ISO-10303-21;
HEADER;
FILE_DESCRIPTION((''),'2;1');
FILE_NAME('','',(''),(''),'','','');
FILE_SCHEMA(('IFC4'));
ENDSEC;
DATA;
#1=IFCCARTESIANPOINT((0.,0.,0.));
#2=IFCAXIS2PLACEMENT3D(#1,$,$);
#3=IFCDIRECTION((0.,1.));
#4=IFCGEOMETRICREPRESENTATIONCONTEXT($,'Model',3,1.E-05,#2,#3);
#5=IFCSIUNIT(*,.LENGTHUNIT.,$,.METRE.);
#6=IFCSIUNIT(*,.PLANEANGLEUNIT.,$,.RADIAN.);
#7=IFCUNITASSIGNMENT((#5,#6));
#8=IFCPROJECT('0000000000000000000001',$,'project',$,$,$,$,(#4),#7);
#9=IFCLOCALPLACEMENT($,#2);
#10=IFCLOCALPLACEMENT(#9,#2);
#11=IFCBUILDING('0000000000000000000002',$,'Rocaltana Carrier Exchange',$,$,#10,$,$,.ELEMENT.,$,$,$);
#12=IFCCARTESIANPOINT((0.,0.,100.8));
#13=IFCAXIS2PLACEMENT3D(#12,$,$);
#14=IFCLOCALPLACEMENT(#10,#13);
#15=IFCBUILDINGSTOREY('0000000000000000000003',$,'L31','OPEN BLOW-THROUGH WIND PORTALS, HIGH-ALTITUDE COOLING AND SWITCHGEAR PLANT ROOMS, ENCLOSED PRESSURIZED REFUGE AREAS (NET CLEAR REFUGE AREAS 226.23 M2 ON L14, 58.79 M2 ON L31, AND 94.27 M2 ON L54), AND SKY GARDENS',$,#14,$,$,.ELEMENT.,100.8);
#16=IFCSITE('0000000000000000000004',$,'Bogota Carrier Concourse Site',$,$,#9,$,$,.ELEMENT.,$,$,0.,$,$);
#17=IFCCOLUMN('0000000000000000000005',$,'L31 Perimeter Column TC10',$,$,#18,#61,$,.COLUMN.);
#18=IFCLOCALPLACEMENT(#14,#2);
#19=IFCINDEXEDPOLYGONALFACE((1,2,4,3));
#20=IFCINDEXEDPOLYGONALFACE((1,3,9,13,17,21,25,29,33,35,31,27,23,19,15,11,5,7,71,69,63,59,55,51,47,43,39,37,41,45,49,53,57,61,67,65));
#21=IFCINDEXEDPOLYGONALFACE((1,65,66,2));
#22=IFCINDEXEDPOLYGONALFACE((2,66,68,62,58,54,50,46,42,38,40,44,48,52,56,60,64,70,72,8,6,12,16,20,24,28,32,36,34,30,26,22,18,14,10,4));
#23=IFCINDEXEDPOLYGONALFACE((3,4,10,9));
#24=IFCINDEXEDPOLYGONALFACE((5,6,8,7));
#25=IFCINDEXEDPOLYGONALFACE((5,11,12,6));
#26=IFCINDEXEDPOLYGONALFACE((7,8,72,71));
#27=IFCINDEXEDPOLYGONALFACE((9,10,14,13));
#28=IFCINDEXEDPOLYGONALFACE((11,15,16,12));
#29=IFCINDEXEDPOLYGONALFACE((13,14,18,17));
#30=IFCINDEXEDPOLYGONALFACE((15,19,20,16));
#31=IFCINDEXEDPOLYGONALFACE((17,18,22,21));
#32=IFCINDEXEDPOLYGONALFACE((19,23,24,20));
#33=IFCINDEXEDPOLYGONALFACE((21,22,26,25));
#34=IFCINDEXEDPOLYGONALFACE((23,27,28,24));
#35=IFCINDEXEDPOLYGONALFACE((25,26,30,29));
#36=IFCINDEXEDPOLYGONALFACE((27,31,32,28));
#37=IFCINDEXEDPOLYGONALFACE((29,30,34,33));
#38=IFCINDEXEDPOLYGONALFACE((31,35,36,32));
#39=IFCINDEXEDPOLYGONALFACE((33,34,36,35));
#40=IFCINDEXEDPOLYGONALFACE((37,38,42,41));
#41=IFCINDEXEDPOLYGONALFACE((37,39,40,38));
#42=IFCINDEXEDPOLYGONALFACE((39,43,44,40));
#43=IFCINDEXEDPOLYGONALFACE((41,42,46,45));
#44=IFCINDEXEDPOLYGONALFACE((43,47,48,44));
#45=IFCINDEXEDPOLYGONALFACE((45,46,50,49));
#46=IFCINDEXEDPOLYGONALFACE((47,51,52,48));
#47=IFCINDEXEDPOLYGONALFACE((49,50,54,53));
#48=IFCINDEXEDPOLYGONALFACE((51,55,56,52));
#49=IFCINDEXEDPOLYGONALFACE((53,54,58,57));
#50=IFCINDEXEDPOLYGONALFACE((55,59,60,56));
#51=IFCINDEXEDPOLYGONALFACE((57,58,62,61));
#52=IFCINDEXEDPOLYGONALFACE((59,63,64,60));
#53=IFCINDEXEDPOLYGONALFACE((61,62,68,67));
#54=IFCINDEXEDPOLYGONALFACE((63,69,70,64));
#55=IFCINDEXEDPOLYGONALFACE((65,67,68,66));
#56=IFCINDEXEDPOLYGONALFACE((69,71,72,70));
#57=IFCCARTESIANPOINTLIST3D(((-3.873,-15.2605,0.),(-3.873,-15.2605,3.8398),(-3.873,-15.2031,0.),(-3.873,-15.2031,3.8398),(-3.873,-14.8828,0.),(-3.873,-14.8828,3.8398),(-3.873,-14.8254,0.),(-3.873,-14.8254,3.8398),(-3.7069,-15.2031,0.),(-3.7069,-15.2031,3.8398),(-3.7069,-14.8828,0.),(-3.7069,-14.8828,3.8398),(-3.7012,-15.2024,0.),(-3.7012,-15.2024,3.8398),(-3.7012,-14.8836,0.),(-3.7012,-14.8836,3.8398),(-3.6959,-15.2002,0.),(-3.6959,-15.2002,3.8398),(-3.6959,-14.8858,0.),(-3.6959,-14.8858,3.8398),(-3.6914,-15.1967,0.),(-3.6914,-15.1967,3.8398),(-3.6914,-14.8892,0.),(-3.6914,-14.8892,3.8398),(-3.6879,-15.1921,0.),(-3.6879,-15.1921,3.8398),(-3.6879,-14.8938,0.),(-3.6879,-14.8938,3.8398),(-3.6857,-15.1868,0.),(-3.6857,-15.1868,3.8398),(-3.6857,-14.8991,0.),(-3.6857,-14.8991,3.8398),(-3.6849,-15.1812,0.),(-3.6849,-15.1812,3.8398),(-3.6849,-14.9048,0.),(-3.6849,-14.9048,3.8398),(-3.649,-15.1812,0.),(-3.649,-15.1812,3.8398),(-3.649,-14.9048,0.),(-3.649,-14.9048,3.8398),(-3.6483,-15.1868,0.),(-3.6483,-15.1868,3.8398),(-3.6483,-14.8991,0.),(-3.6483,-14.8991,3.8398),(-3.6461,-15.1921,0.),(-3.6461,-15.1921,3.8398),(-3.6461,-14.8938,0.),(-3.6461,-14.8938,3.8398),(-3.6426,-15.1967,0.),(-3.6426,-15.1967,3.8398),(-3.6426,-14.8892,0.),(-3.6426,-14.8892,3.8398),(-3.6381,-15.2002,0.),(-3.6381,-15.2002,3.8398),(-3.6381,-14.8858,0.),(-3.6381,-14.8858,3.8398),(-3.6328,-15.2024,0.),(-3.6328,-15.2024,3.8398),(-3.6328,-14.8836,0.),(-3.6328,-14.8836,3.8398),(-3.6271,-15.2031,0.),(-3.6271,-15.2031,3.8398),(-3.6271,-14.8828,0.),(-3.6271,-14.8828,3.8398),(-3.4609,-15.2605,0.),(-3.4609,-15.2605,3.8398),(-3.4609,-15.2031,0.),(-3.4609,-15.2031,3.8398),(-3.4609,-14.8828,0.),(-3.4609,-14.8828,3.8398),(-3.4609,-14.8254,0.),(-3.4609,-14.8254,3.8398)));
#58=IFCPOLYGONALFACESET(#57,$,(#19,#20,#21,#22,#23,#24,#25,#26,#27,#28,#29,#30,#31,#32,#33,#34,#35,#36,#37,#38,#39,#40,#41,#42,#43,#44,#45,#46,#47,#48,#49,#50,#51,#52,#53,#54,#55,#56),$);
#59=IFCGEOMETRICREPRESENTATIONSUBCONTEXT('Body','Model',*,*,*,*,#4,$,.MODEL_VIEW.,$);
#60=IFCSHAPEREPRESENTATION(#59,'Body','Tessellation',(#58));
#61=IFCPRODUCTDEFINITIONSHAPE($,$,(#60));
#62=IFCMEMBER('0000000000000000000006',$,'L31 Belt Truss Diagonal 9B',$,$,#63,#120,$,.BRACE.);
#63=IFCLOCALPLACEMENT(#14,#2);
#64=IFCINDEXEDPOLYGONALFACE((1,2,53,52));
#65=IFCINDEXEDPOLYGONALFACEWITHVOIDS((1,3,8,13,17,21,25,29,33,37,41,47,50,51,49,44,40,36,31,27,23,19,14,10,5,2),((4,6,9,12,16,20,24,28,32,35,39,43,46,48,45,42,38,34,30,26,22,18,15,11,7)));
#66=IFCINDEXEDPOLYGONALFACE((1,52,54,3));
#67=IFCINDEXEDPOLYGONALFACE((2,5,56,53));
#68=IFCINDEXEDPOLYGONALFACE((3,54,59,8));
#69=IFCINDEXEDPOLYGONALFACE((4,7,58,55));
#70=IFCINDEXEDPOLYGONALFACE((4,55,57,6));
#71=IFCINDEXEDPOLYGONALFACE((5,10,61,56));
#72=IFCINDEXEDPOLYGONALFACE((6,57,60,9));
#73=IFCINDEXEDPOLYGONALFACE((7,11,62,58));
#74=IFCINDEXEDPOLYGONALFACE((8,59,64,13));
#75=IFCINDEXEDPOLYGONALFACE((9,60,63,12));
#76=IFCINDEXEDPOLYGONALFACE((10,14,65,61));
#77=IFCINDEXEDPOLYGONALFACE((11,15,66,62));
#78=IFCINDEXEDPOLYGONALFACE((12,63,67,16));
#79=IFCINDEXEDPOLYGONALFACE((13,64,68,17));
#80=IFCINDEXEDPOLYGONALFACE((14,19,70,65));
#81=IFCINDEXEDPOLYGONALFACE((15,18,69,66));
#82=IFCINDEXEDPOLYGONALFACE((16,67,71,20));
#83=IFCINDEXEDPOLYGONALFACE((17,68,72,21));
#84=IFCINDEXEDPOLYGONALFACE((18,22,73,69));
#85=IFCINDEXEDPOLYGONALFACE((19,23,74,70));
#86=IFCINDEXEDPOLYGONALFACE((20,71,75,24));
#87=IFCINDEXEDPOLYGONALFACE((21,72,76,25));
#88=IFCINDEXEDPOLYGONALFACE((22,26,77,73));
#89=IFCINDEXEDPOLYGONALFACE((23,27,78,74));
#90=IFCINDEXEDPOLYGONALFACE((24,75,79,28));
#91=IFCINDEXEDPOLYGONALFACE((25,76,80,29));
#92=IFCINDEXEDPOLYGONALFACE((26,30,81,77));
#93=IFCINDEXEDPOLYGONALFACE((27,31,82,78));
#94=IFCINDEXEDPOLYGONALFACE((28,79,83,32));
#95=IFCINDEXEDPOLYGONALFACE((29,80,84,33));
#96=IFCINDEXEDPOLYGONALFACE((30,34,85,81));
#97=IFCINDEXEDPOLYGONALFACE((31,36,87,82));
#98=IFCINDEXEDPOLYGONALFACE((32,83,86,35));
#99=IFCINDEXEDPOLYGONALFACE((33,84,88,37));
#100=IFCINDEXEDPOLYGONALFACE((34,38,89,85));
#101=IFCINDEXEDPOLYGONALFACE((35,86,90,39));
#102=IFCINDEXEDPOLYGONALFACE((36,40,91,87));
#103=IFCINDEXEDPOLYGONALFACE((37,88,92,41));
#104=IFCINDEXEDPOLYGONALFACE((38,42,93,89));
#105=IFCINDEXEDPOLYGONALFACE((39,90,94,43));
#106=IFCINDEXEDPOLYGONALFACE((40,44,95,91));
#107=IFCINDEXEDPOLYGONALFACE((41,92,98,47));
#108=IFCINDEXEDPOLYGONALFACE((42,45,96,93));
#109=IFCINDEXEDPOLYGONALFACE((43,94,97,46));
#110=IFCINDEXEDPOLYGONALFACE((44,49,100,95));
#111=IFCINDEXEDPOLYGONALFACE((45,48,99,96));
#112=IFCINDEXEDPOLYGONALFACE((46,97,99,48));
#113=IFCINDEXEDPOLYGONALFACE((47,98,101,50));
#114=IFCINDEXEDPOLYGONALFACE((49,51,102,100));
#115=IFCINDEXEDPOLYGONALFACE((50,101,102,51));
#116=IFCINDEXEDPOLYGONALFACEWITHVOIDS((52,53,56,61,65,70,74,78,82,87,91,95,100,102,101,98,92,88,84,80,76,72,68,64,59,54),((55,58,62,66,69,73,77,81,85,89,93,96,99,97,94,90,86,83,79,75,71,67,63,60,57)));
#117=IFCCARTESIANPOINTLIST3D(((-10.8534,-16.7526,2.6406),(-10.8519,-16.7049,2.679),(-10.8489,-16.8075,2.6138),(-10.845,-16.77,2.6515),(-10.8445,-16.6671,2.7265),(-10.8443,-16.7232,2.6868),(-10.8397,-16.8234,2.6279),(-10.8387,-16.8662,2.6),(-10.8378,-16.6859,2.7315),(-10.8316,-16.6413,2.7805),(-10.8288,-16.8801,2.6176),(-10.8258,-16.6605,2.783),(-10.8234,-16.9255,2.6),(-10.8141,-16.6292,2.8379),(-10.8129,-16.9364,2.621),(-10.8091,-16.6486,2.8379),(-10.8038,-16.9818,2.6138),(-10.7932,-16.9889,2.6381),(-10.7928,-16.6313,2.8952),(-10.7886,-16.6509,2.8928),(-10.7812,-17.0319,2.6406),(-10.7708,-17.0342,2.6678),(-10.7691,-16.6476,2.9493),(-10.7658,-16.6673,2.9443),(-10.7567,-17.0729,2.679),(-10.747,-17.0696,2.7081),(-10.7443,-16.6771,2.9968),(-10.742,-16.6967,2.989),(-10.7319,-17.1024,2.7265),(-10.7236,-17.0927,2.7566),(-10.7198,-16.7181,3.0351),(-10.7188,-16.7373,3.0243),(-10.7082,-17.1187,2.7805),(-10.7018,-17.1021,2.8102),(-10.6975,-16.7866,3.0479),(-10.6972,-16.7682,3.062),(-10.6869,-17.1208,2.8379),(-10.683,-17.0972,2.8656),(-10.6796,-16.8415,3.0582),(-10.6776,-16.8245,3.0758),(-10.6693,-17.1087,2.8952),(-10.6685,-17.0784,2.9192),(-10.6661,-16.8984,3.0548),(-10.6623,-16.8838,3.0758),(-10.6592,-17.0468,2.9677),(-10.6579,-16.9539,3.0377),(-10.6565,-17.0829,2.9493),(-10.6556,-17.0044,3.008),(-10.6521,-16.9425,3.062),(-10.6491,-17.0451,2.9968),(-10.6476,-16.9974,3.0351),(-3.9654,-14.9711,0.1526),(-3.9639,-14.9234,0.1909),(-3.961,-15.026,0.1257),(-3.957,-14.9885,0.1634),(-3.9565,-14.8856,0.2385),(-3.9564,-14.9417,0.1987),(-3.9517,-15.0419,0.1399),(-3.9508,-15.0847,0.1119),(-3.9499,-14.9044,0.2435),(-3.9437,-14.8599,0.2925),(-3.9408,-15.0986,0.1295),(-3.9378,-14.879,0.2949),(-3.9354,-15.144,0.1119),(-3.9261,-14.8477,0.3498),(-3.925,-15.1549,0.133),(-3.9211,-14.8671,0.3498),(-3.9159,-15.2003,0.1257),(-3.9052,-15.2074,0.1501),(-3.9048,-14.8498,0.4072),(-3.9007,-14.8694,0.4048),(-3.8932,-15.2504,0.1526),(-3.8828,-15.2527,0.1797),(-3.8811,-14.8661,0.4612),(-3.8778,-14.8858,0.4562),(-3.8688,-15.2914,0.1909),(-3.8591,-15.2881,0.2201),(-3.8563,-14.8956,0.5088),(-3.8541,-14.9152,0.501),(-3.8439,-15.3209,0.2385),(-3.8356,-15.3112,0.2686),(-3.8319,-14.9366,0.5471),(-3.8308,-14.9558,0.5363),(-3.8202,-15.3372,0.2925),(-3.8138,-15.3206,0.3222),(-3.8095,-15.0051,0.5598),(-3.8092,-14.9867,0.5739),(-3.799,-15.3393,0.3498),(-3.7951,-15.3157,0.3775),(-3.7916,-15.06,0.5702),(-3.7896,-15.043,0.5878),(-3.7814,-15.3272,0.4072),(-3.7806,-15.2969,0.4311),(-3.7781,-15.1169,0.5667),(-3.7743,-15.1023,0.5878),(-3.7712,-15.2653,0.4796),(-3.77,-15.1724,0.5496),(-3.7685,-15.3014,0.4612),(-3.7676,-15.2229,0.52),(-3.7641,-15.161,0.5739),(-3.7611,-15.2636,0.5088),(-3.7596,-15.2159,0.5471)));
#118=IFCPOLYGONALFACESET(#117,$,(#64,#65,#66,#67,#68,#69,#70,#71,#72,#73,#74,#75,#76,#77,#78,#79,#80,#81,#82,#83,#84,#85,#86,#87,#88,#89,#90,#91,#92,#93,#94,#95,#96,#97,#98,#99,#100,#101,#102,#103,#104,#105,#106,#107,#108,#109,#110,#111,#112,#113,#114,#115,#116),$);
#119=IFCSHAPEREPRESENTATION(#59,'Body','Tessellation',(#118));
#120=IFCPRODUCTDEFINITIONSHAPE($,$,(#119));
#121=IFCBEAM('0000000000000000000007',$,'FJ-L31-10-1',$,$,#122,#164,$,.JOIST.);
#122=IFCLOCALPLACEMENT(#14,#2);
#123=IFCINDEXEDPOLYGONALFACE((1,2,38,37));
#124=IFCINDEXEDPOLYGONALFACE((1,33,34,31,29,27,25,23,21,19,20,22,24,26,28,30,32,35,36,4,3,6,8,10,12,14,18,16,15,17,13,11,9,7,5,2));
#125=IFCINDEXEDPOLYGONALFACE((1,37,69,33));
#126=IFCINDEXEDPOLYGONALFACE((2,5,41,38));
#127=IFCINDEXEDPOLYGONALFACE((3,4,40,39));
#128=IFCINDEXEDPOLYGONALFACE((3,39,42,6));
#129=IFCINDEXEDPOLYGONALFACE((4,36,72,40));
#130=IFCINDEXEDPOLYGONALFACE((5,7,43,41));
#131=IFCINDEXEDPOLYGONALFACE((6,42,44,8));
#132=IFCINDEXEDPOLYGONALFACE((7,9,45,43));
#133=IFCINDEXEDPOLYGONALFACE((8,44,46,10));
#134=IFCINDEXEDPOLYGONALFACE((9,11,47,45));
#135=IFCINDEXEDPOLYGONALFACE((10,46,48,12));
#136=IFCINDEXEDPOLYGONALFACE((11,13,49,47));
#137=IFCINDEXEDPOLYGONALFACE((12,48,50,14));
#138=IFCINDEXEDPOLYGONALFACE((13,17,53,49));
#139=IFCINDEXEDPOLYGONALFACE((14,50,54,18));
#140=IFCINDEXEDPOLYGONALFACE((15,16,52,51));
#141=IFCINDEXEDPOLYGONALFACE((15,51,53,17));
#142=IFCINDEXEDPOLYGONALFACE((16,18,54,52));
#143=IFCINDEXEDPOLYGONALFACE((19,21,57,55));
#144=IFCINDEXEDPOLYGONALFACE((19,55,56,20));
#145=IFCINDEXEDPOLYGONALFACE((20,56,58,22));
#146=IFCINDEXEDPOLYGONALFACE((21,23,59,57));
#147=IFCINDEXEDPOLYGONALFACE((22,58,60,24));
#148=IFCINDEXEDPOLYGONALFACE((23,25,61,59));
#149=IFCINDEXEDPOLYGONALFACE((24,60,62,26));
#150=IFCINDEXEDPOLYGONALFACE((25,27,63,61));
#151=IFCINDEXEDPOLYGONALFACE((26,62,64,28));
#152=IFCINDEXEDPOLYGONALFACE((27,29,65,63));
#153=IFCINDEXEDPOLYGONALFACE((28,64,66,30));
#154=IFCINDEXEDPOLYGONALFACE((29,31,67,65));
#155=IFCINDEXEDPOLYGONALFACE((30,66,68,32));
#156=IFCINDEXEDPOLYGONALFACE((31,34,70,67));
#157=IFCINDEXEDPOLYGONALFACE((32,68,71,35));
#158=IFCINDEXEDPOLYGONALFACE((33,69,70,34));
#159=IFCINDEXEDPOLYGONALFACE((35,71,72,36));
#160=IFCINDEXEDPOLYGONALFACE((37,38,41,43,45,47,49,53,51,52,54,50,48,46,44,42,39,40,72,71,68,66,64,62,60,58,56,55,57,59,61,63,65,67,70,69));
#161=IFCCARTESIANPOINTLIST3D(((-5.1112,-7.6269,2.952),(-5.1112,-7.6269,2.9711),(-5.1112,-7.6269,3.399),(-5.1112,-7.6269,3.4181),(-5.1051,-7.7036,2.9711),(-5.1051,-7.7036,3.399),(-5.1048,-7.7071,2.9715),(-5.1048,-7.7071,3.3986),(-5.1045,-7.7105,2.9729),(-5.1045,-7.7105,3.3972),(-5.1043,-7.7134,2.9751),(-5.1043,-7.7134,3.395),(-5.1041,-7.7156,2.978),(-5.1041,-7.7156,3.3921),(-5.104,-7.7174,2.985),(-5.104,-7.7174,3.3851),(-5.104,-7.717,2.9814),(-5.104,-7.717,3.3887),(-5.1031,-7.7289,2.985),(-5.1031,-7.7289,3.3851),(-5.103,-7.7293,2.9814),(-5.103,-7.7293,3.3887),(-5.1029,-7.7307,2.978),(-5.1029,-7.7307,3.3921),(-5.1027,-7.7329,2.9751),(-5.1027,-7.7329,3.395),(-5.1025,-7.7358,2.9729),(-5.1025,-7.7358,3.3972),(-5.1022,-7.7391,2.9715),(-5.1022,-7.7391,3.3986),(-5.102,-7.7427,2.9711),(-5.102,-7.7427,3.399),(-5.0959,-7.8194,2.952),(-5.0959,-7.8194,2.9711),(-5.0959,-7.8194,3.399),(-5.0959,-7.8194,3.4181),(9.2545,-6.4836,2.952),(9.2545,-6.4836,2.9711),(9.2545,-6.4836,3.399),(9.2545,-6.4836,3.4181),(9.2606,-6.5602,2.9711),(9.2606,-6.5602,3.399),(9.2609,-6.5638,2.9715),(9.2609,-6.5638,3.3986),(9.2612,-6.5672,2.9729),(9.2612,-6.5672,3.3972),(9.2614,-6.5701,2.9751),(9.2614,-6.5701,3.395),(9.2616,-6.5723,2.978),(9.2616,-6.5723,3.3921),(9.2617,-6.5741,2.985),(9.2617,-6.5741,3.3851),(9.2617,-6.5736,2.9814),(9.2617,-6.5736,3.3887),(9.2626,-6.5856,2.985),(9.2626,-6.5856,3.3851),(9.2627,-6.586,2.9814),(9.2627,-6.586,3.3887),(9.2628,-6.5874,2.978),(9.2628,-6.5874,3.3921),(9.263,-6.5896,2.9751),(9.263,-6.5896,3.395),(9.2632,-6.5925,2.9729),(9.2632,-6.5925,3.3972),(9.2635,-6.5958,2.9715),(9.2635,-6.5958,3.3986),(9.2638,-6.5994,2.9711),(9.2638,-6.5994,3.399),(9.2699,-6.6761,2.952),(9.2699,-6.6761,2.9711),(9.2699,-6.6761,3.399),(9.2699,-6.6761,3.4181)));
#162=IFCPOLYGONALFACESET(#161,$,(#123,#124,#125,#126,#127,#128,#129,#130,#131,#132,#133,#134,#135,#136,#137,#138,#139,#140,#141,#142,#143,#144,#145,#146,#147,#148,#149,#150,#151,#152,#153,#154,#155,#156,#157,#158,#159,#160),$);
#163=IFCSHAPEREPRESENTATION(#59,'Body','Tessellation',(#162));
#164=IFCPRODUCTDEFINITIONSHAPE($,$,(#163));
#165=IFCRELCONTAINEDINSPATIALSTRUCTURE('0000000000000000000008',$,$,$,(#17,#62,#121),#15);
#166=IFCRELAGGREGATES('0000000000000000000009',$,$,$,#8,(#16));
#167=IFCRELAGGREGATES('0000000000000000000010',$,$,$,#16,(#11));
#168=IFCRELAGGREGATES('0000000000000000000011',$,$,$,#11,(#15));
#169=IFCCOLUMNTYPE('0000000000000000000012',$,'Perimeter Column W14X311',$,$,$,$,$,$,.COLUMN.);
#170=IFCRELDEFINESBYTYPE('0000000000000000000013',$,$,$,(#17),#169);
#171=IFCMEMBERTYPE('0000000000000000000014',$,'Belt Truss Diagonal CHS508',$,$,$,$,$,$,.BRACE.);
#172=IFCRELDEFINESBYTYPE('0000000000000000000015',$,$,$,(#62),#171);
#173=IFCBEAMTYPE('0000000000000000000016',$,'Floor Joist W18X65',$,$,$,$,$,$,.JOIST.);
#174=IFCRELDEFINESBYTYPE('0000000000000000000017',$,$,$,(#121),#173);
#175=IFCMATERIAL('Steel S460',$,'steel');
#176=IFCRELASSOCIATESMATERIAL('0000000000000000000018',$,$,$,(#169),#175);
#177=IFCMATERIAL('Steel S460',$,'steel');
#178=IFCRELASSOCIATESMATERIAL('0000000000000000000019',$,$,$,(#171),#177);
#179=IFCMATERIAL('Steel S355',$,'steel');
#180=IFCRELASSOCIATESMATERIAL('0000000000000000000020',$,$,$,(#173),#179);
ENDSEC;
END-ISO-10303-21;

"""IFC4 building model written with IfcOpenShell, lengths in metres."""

from ifc_helpers import new_model, si_unit, direction, frame, origin, origin_2d, place, context, subcontext, project, spatial, hollow_circle, i_section, extrude, material, material_profile, profile_set, type_object, element, save


model = new_model("IFC4")

# Units and contexts
model_context = context("Model", 3, precision=1e-05, world=origin(), true_north=direction((0.0, 1.0)))
body_context = subcontext(model_context, "Body", "Model", "MODEL_VIEW")
ifc_project = project(units=[si_unit("LENGTHUNIT", "METRE"), si_unit("PLANEANGLEUNIT", "RADIAN")], contexts=[model_context])

# Site, building, storey
site_placement = place(None, origin())
site = spatial("IfcSite", under=ifc_project, at=site_placement, Name="Bogota Carrier Concourse Site", CompositionType="ELEMENT", RefElevation=0.0)
building_placement = place(site_placement, origin())
building = spatial("IfcBuilding", under=site, at=building_placement, Name="Rocaltana Carrier Exchange", CompositionType="ELEMENT")
storey_placement = place(building_placement, frame((0.0, 0.0, 100.8)))
storey = spatial("IfcBuildingStorey", under=building, at=storey_placement, Name="L31", Description="OPEN BLOW-THROUGH WIND PORTALS, HIGH-ALTITUDE COOLING AND SWITCHGEAR PLANT ROOMS, ENCLOSED PRESSURIZED REFUGE AREAS (NET CLEAR REFUGE AREAS 226.23 M2 ON L14, 58.79 M2 ON L31, AND 94.27 M2 ON L54), AND SKY GARDENS", CompositionType="ELEMENT", Elevation=100.8)

# Column
ifc_material_1 = material(Name="Steel S460", Category="steel")
ifc_material_profile_1 = material_profile(ifc_material_1, i_section(OverallWidth=0.4121, OverallDepth=0.4351, WebThickness=0.0359, FlangeThickness=0.0574, FilletRadius=0.022, at=origin_2d()), Name="W14X311")
ifc_profile_set_1 = profile_set([ifc_material_profile_1], Name="Steel S460")
column_type = type_object("IfcColumnType", Name="Perimeter Column W14X311", PredefinedType="COLUMN", material=ifc_profile_set_1)
column_placement = place(storey_placement, frame((-3.667, -15.043, 0.0), z_axis=(0.0, 0.0, 1.0), x_axis=(1.0, 0.0, 0.0)))
element("IfcColumn", 1, at=column_placement, inside=storey, type_object=column_type, Name="L31 Perimeter Column TC10", PredefinedType="COLUMN", context=body_context, shape_type="SweptSolid", body=[
    extrude(i_section(OverallWidth=0.4121, OverallDepth=0.4351, WebThickness=0.0359, FlangeThickness=0.0574, FilletRadius=0.022, at=origin_2d()), origin(), (0.0, 0.0, 1.0), 3.8398),
])

# Member
ifc_material_2 = material(Name="Steel S460", Category="steel")
ifc_material_profile_2 = material_profile(ifc_material_2, hollow_circle(Radius=0.2539, WallThickness=0.02, at=origin_2d()), Name="CHS508X20")
ifc_profile_set_2 = profile_set([ifc_material_profile_2], Name="Steel S460")
member_type_1 = type_object("IfcMemberType", Name="Belt Truss Diagonal CHS508", PredefinedType="BRACE", material=ifc_profile_set_2)
member_1_placement = place(storey_placement, frame((-10.7505, -16.875, 2.8379), z_axis=(0.913872, 0.236364, -0.330106), x_axis=(-0.2504, 0.968142, 0.0)))
element("IfcMember", 2, at=member_1_placement, inside=storey, type_object=member_type_1, Name="L31 Belt Truss Diagonal 9B", PredefinedType="BRACE", context=body_context, shape_type="SweptSolid", body=[
    extrude(hollow_circle(Radius=0.2539, WallThickness=0.02, at=origin_2d()), origin(), (0.0, 0.0, 1.0), 7.5371),
])

# Beam
ifc_material_3 = material(Name="Steel S355", Category="steel")
ifc_material_profile_3 = material_profile(ifc_material_3, i_section(OverallWidth=0.1931, OverallDepth=0.4661, WebThickness=0.0115, FlangeThickness=0.019, FilletRadius=0.0139, at=origin_2d()), Name="W18X65")
ifc_profile_set_3 = profile_set([ifc_material_profile_3], Name="Steel S355")
beam_type = type_object("IfcBeamType", Name="Floor Joist W18X65", PredefinedType="JOIST", material=ifc_profile_set_3)
beam_1_placement = place(storey_placement, frame((-5.1035, -7.7231, 3.1851), z_axis=(0.996848, 0.079335, 0.0), x_axis=(-0.079335, 0.996848, 0.0)))
element("IfcBeam", 3, at=beam_1_placement, inside=storey, type_object=beam_type, Name="FJ-L31-10-1", PredefinedType="JOIST", context=body_context, shape_type="SweptSolid", body=[
    extrude(i_section(OverallWidth=0.1931, OverallDepth=0.4661, WebThickness=0.0115, FlangeThickness=0.019, FilletRadius=0.0139, at=origin_2d()), origin(), (0.0, 0.0, 1.0), 14.4111),
])

save(model, "model.ifc")
